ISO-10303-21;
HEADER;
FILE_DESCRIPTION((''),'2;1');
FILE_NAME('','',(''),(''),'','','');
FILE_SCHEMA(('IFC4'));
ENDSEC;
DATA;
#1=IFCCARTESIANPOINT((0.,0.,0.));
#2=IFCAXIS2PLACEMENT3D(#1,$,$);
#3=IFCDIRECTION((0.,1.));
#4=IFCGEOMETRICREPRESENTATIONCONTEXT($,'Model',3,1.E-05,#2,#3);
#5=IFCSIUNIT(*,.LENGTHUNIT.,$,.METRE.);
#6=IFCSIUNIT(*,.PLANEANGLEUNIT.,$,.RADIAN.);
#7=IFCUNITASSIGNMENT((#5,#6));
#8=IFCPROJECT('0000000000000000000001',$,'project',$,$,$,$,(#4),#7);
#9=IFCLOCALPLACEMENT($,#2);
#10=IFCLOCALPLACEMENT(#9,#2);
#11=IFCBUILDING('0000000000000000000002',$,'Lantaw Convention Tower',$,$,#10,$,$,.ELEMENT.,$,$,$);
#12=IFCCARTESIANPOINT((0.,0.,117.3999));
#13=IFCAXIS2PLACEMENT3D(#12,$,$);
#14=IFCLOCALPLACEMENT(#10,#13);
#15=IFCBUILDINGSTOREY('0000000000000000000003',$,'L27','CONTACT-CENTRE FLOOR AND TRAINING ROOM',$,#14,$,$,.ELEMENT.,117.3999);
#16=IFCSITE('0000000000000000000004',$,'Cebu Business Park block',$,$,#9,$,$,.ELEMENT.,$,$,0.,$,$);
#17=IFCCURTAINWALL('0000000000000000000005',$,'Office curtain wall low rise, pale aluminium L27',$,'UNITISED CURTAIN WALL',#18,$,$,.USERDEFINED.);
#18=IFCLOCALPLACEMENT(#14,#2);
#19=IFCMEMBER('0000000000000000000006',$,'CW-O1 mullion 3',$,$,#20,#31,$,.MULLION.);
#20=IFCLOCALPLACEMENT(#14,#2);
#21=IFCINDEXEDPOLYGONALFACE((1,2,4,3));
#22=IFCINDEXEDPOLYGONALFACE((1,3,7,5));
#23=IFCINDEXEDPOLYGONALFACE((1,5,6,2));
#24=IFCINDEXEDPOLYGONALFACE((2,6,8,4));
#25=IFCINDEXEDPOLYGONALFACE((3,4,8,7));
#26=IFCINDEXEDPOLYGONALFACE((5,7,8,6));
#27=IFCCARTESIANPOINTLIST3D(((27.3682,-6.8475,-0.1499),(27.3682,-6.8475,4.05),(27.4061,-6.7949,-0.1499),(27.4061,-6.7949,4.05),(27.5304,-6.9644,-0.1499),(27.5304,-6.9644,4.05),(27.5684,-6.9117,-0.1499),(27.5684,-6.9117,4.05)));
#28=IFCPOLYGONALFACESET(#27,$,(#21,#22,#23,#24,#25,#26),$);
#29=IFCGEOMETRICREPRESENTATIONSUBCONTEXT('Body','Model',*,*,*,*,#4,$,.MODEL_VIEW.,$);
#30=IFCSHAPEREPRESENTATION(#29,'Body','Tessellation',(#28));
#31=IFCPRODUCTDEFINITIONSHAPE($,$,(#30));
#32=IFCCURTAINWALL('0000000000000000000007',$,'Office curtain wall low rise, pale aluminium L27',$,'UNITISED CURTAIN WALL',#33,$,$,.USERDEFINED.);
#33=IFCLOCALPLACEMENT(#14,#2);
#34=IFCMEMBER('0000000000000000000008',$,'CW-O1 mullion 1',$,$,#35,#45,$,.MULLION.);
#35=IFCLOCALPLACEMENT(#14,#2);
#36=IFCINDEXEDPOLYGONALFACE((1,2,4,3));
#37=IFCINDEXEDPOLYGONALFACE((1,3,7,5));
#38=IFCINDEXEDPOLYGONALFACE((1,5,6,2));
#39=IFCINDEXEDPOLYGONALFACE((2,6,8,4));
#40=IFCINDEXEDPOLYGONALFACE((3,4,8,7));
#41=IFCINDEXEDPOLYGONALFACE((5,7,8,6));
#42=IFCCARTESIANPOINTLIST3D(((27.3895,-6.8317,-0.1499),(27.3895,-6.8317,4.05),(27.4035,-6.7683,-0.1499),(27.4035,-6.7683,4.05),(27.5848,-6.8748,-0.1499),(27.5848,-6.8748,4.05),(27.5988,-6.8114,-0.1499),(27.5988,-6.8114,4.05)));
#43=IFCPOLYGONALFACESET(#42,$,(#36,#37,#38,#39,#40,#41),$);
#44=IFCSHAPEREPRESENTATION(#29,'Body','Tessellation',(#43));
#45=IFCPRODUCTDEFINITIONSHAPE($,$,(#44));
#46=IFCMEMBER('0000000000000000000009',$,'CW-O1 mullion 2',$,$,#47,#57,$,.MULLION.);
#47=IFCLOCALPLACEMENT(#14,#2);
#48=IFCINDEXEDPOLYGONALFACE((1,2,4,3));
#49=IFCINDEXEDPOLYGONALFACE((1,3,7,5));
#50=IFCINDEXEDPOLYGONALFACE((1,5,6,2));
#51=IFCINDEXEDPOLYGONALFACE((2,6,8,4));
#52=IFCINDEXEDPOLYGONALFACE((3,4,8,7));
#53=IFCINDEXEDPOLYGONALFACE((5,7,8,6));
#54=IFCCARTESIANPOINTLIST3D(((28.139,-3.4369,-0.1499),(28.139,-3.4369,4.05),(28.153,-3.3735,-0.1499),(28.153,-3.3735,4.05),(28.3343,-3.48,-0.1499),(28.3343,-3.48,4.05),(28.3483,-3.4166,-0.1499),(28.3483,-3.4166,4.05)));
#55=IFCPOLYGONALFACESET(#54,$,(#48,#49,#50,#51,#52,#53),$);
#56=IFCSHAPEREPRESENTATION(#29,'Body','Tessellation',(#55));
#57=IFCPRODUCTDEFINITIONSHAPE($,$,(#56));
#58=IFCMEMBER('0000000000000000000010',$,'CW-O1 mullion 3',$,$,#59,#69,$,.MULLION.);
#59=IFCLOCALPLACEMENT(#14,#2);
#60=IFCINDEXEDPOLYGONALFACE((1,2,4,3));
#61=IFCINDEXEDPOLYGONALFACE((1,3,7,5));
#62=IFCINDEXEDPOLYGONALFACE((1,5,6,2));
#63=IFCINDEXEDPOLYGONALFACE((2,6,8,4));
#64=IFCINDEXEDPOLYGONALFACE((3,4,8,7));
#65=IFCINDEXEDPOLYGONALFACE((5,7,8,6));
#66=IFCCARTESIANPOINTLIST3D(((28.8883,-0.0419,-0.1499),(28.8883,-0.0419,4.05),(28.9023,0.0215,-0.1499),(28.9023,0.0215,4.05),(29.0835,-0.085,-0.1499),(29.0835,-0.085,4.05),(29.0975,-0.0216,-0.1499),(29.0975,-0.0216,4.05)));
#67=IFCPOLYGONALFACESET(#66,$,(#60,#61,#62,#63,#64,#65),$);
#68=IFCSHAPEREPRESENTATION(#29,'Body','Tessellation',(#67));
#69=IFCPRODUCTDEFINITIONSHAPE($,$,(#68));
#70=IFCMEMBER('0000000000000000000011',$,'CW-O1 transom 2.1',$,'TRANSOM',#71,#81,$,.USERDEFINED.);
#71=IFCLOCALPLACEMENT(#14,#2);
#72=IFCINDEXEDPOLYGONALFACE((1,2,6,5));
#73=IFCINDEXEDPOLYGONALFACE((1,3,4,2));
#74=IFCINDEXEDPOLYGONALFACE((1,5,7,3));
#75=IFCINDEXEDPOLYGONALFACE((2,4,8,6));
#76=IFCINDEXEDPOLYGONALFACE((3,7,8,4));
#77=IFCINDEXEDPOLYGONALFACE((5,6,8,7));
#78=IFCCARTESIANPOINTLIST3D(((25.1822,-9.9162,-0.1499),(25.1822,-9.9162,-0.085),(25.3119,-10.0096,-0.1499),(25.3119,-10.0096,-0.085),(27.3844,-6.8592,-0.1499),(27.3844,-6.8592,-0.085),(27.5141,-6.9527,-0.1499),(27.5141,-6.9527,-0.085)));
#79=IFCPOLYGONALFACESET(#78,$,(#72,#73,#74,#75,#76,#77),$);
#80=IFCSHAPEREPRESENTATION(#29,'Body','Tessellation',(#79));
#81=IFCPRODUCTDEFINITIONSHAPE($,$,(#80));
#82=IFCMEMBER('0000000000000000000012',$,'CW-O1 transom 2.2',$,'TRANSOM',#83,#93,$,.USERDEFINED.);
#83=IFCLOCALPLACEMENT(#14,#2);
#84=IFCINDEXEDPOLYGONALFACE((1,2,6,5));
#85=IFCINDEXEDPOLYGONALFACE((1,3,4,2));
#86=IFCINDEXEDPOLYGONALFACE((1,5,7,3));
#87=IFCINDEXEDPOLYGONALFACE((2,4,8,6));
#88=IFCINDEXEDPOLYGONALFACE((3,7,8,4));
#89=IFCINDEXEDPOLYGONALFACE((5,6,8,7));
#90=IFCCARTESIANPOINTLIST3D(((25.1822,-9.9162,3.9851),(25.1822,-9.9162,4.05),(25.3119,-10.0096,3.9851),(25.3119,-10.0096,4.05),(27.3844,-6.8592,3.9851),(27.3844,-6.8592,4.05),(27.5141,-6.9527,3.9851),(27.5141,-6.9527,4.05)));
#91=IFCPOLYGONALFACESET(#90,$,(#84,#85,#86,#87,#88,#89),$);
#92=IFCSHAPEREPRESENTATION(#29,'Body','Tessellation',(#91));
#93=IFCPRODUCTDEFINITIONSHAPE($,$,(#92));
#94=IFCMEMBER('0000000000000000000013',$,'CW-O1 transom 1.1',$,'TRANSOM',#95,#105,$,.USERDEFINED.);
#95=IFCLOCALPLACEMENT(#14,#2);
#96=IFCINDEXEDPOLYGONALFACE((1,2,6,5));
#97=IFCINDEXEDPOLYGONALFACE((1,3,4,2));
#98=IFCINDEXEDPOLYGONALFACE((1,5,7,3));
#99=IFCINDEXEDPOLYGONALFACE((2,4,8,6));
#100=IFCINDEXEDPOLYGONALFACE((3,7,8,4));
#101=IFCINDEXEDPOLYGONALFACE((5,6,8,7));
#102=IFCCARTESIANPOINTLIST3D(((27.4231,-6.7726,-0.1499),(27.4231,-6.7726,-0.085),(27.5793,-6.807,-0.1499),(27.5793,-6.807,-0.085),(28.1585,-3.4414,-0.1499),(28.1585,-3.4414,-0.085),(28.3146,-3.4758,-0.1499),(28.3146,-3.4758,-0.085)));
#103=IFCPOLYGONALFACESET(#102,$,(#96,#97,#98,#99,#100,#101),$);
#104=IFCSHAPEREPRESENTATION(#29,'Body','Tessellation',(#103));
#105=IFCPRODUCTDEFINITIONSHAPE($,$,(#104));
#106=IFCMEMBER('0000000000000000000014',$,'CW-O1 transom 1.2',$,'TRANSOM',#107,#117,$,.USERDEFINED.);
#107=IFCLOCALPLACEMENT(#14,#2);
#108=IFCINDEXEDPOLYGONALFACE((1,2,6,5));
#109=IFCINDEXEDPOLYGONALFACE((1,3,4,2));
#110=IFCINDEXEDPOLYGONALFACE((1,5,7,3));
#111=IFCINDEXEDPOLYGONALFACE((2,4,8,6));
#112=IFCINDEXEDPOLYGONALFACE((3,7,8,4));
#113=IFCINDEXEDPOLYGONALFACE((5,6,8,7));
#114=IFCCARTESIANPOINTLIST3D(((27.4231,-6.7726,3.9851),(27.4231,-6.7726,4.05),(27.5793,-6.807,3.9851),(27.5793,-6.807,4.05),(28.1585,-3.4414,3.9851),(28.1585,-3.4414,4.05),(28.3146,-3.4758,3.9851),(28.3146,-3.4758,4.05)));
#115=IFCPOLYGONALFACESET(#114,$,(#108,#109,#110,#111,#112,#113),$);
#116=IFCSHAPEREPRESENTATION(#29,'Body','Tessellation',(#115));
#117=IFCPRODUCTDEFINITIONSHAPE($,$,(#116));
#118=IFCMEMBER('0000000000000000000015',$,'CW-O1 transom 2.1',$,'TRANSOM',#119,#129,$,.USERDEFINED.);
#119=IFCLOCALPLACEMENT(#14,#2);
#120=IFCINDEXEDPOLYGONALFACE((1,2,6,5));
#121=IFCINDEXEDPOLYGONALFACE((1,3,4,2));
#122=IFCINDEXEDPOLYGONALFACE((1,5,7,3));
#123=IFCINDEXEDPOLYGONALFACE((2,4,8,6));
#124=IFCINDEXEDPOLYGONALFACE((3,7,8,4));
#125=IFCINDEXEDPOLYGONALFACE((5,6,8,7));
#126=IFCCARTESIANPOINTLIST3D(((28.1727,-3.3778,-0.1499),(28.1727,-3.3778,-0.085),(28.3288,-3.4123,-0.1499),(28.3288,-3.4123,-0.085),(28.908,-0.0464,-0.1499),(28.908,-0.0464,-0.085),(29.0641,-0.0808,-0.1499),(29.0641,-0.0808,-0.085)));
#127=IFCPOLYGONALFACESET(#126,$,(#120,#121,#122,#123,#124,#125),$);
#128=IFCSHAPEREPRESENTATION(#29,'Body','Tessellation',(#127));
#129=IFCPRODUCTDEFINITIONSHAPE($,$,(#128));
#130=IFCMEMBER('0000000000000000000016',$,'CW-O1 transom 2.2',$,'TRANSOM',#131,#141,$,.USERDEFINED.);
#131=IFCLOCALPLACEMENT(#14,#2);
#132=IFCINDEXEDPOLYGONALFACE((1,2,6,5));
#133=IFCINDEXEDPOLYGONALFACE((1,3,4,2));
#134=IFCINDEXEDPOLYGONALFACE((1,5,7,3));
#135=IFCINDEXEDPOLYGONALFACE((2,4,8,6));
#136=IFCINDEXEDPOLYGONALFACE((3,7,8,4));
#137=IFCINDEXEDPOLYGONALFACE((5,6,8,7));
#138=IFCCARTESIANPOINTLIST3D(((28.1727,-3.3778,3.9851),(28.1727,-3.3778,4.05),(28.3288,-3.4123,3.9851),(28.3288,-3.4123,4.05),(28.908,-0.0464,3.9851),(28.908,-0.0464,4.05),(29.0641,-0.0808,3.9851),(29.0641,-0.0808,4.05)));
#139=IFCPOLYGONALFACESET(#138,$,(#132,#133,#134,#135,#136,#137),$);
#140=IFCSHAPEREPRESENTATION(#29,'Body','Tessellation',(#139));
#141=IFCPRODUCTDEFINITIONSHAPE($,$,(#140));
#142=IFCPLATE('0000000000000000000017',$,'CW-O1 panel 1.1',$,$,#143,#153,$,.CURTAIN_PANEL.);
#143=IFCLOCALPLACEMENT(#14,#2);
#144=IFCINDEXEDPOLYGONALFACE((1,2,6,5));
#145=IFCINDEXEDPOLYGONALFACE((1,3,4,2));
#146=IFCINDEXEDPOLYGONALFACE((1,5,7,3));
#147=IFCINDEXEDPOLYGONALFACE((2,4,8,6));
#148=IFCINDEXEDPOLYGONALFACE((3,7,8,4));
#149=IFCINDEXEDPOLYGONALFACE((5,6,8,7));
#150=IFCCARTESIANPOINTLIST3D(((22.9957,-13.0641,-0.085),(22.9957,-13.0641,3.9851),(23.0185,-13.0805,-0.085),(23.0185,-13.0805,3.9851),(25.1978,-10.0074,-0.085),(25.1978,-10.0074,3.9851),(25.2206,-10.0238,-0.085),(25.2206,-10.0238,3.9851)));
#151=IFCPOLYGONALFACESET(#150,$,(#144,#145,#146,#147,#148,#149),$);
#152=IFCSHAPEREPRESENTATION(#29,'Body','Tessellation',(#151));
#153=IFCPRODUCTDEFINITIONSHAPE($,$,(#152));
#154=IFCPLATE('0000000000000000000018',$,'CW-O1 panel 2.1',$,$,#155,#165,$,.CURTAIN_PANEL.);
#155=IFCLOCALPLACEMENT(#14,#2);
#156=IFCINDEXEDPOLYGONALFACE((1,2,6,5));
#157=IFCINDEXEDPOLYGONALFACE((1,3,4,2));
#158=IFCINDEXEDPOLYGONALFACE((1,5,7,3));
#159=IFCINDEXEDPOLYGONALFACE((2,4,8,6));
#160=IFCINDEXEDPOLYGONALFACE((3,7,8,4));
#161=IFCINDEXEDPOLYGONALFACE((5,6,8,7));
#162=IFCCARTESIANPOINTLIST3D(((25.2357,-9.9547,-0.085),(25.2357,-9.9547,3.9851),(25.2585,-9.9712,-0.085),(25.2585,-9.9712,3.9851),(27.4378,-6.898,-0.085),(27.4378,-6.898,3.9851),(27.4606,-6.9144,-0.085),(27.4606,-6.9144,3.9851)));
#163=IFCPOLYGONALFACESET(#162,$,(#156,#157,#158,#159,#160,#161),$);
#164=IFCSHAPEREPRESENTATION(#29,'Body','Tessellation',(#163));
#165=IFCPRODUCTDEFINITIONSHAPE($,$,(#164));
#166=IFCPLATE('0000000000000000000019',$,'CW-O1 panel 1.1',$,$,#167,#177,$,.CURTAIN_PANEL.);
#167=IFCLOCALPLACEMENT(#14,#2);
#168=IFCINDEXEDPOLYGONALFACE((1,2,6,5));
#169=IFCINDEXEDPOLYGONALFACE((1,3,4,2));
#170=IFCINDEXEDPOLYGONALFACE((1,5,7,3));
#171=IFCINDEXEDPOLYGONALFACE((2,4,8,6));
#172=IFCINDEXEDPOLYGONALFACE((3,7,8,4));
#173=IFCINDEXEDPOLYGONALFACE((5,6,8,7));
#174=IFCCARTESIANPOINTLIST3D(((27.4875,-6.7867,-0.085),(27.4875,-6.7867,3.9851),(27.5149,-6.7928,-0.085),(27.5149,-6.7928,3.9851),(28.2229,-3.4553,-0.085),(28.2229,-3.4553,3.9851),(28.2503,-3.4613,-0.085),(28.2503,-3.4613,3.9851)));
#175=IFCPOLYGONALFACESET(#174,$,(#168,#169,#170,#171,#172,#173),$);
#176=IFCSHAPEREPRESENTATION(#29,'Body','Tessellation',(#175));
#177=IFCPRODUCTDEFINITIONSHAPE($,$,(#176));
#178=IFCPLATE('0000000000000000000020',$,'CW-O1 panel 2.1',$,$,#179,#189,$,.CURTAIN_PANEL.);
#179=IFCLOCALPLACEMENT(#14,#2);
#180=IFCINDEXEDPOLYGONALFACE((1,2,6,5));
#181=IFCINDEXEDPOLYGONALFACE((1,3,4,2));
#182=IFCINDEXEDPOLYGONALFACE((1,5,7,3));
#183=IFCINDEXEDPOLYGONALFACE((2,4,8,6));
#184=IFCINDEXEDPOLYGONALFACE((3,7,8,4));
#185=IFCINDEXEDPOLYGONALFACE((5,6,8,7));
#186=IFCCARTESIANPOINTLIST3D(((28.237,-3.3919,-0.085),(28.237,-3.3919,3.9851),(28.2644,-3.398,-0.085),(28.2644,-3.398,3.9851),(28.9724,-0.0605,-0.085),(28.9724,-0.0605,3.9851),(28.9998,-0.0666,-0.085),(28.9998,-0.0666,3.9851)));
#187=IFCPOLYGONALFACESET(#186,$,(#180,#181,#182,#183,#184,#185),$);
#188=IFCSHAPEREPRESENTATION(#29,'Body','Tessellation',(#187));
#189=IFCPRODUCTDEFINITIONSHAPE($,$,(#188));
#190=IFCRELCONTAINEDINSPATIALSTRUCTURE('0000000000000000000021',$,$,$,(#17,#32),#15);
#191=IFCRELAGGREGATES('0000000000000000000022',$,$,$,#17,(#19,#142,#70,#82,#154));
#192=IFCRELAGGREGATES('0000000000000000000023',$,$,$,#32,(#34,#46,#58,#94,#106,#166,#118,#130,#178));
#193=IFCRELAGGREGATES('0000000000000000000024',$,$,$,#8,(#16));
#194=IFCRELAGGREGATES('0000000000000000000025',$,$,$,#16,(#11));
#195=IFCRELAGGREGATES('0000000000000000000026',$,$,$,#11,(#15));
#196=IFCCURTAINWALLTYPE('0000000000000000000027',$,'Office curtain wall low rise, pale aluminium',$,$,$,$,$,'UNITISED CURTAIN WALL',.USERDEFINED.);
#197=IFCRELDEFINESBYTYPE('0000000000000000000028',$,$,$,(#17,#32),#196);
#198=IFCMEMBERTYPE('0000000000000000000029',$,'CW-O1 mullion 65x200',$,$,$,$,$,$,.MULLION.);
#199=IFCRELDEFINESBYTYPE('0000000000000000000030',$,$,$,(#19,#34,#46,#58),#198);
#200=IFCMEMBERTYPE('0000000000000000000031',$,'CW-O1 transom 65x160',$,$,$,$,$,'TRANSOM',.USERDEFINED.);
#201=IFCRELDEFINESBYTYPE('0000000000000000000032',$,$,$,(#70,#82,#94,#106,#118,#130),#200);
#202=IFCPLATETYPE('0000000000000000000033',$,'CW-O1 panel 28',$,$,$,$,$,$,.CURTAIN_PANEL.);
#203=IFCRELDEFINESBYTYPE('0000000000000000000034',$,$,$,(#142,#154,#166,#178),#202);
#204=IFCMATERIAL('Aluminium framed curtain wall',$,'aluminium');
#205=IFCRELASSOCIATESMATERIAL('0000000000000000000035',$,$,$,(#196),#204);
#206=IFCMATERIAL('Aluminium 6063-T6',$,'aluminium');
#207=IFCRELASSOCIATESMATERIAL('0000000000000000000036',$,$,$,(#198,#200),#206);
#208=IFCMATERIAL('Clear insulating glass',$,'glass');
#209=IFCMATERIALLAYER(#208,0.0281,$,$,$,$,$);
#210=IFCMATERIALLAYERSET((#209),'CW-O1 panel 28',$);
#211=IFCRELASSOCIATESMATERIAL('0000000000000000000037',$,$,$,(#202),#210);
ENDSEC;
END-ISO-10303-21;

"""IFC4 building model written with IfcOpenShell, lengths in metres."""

from ifc_helpers import new_model, si_unit, direction, frame, origin, origin_2d, place, context, subcontext, project, spatial, rectangle, extrude, material, layer, layer_set, material_profile, profile_set, type_object, element, aggregate, save


model = new_model("IFC4")

# Units and contexts
model_context = context("Model", 3, precision=1e-05, world=origin(), true_north=direction((0.0, 1.0)))
body_context = subcontext(model_context, "Body", "Model", "MODEL_VIEW")
ifc_project = project(units=[si_unit("LENGTHUNIT", "METRE"), si_unit("PLANEANGLEUNIT", "RADIAN")], contexts=[model_context])

# Site, building, storey
site_placement = place(None, origin())
site = spatial("IfcSite", under=ifc_project, at=site_placement, Name="Cebu Business Park block", CompositionType="ELEMENT", RefElevation=0.0)
building_placement = place(site_placement, origin())
building = spatial("IfcBuilding", under=site, at=building_placement, Name="Lantaw Convention Tower", CompositionType="ELEMENT")
storey_placement = place(building_placement, frame((0.0, 0.0, 117.3999)))
storey = spatial("IfcBuildingStorey", under=building, at=storey_placement, Name="L27", Description="CONTACT-CENTRE FLOOR AND TRAINING ROOM", CompositionType="ELEMENT", Elevation=117.3999)

# Curtain walls, members
ifc_material_1 = material(Name="Aluminium framed curtain wall", Category="aluminium")
curtain_wall_type = type_object("IfcCurtainWallType", Name="Office curtain wall low rise, pale aluminium", ElementType="UNITISED CURTAIN WALL", PredefinedType="USERDEFINED", material=ifc_material_1)
curtain_wall_1_placement = place(storey_placement, origin())
curtain_wall_1 = element("IfcCurtainWall", 1, at=curtain_wall_1_placement, inside=storey, type_object=curtain_wall_type, Name="Office curtain wall low rise, pale aluminium L27", ObjectType="UNITISED CURTAIN WALL", PredefinedType="USERDEFINED")
ifc_material_2 = material(Name="Aluminium 6063-T6", Category="aluminium")
ifc_material_profile_1 = material_profile(ifc_material_2, rectangle(XDim=0.2, YDim=0.0649, at=origin_2d()), Name="CW-O1 mullion 65x200")
ifc_profile_set_1 = profile_set([ifc_material_profile_1], Name="Aluminium 6063-T6")
member_type_1 = type_object("IfcMemberType", Name="CW-O1 mullion 65x200", PredefinedType="MULLION", material=ifc_profile_set_1)
member_1_placement = place(storey_placement, frame((27.4683, -6.8796, -0.1499), z_axis=(0.0, 0.0, 1.0), x_axis=(-0.811385, 0.584513, 0.0)))
member_1 = element("IfcMember", 2, at=member_1_placement, type_object=member_type_1, Name="CW-O1 mullion 3", PredefinedType="MULLION", context=body_context, shape_type="SweptSolid", body=[
    extrude(rectangle(XDim=0.2, YDim=0.0649, at=origin_2d()), origin(), (0.0, 0.0, 1.0), 4.2),
])
curtain_wall_2_placement = place(storey_placement, origin())
curtain_wall_2 = element("IfcCurtainWall", 3, at=curtain_wall_2_placement, inside=storey, type_object=curtain_wall_type, Name="Office curtain wall low rise, pale aluminium L27", ObjectType="UNITISED CURTAIN WALL", PredefinedType="USERDEFINED")
member_2_placement = place(storey_placement, frame((27.4941, -6.8215, -0.1499), z_axis=(0.0, 0.0, 1.0), x_axis=(-0.976494, 0.215546, 0.0)))
member_2 = element("IfcMember", 4, at=member_2_placement, type_object=member_type_1, Name="CW-O1 mullion 1", PredefinedType="MULLION", context=body_context, shape_type="SweptSolid", body=[
    extrude(rectangle(XDim=0.2, YDim=0.0649, at=origin_2d()), origin(), (0.0, 0.0, 1.0), 4.2),
])
member_3_placement = place(storey_placement, frame((28.2437, -3.4268, -0.1499), z_axis=(0.0, 0.0, 1.0), x_axis=(-0.976494, 0.215546, 0.0)))
member_3 = element("IfcMember", 5, at=member_3_placement, type_object=member_type_1, Name="CW-O1 mullion 2", PredefinedType="MULLION", context=body_context, shape_type="SweptSolid", body=[
    extrude(rectangle(XDim=0.2, YDim=0.0649, at=origin_2d()), origin(), (0.0, 0.0, 1.0), 4.2),
])
member_4_placement = place(storey_placement, frame((28.9929, -0.0317, -0.1499), z_axis=(0.0, 0.0, 1.0), x_axis=(-0.976494, 0.215546, 0.0)))
member_4 = element("IfcMember", 6, at=member_4_placement, type_object=member_type_1, Name="CW-O1 mullion 3", PredefinedType="MULLION", context=body_context, shape_type="SweptSolid", body=[
    extrude(rectangle(XDim=0.2, YDim=0.0649, at=origin_2d()), origin(), (0.0, 0.0, 1.0), 4.2),
])

# Members
ifc_material_profile_2 = material_profile(ifc_material_2, rectangle(XDim=0.1599, YDim=0.0649, at=origin_2d()), Name="CW-O1 transom 65x160")
ifc_profile_set_2 = profile_set([ifc_material_profile_2], Name="Aluminium 6063-T6")
member_type_2 = type_object("IfcMemberType", Name="CW-O1 transom 65x160", ElementType="TRANSOM", PredefinedType="USERDEFINED", material=ifc_profile_set_2)
member_5_placement = place(storey_placement, frame((25.2471, -9.9629, -0.1174), z_axis=(0.584513, 0.811384, 0.0), x_axis=(-0.811384, 0.584513, 0.0)))
member_5 = element("IfcMember", 7, at=member_5_placement, type_object=member_type_2, Name="CW-O1 transom 2.1", ObjectType="TRANSOM", PredefinedType="USERDEFINED", context=body_context, shape_type="SweptSolid", body=[
    extrude(rectangle(XDim=0.1599, YDim=0.0649, at=origin_2d()), origin(), (0.0, 0.0, 1.0), 3.7676),
])
member_6_placement = place(storey_placement, frame((25.2471, -9.9629, 4.0176), z_axis=(0.584513, 0.811384, 0.0), x_axis=(-0.811384, 0.584513, 0.0)))
member_6 = element("IfcMember", 8, at=member_6_placement, type_object=member_type_2, Name="CW-O1 transom 2.2", ObjectType="TRANSOM", PredefinedType="USERDEFINED", context=body_context, shape_type="SweptSolid", body=[
    extrude(rectangle(XDim=0.1599, YDim=0.0649, at=origin_2d()), origin(), (0.0, 0.0, 1.0), 3.7676),
])
member_7_placement = place(storey_placement, frame((27.5012, -6.7898, -0.1174), z_axis=(0.215551, 0.976493, 0.0), x_axis=(-0.976493, 0.215551, 0.0)))
member_7 = element("IfcMember", 9, at=member_7_placement, type_object=member_type_2, Name="CW-O1 transom 1.1", ObjectType="TRANSOM", PredefinedType="USERDEFINED", context=body_context, shape_type="SweptSolid", body=[
    extrude(rectangle(XDim=0.1599, YDim=0.0649, at=origin_2d()), origin(), (0.0, 0.0, 1.0), 3.4114),
])
member_8_placement = place(storey_placement, frame((27.5012, -6.7898, 4.0176), z_axis=(0.215551, 0.976493, 0.0), x_axis=(-0.976493, 0.215551, 0.0)))
member_8 = element("IfcMember", 10, at=member_8_placement, type_object=member_type_2, Name="CW-O1 transom 1.2", ObjectType="TRANSOM", PredefinedType="USERDEFINED", context=body_context, shape_type="SweptSolid", body=[
    extrude(rectangle(XDim=0.1599, YDim=0.0649, at=origin_2d()), origin(), (0.0, 0.0, 1.0), 3.4114),
])
member_9_placement = place(storey_placement, frame((28.2507, -3.395, -0.1174), z_axis=(0.215536, 0.976496, 0.0), x_axis=(-0.976496, 0.215536, 0.0)))
member_9 = element("IfcMember", 11, at=member_9_placement, type_object=member_type_2, Name="CW-O1 transom 2.1", ObjectType="TRANSOM", PredefinedType="USERDEFINED", context=body_context, shape_type="SweptSolid", body=[
    extrude(rectangle(XDim=0.1599, YDim=0.0649, at=origin_2d()), origin(), (0.0, 0.0, 1.0), 3.4116),
])
member_10_placement = place(storey_placement, frame((28.2507, -3.395, 4.0176), z_axis=(0.215536, 0.976496, 0.0), x_axis=(-0.976496, 0.215536, 0.0)))
member_10 = element("IfcMember", 12, at=member_10_placement, type_object=member_type_2, Name="CW-O1 transom 2.2", ObjectType="TRANSOM", PredefinedType="USERDEFINED", context=body_context, shape_type="SweptSolid", body=[
    extrude(rectangle(XDim=0.1599, YDim=0.0649, at=origin_2d()), origin(), (0.0, 0.0, 1.0), 3.4116),
])

# Plates
ifc_material_3 = material(Name="Clear insulating glass", Category="glass")
ifc_layer_1 = layer(ifc_material_3, 0.0281)
ifc_layer_set_1 = layer_set([ifc_layer_1], Name="CW-O1 panel 28")
plate_type_1 = type_object("IfcPlateType", Name="CW-O1 panel 28", PredefinedType="CURTAIN_PANEL", material=ifc_layer_set_1)
plate_1_placement = place(storey_placement, frame((24.1082, -11.5439, -0.085), z_axis=(0.0, 0.0, 1.0), x_axis=(0.584513, 0.811385, 0.0)))
plate_1 = element("IfcPlate", 13, at=plate_1_placement, type_object=plate_type_1, Name="CW-O1 panel 1.1", PredefinedType="CURTAIN_PANEL", context=body_context, shape_type="SweptSolid", body=[
    extrude(rectangle(XDim=3.7673, YDim=0.0281, at=origin_2d()), origin(), (0.0, 0.0, 1.0), 4.0701),
])
plate_2_placement = place(storey_placement, frame((26.3481, -8.4346, -0.085), z_axis=(0.0, 0.0, 1.0), x_axis=(0.584513, 0.811385, 0.0)))
plate_2 = element("IfcPlate", 14, at=plate_2_placement, type_object=plate_type_1, Name="CW-O1 panel 2.1", PredefinedType="CURTAIN_PANEL", context=body_context, shape_type="SweptSolid", body=[
    extrude(rectangle(XDim=3.7673, YDim=0.0281, at=origin_2d()), origin(), (0.0, 0.0, 1.0), 4.0701),
])
aggregate(curtain_wall_1, [member_1, plate_1, member_5, member_6, plate_2])
plate_3_placement = place(storey_placement, frame((27.8689, -5.124, -0.085), z_axis=(0.0, 0.0, 1.0), x_axis=(0.215546, 0.976494, 0.0)))
plate_3 = element("IfcPlate", 15, at=plate_3_placement, type_object=plate_type_1, Name="CW-O1 panel 1.1", PredefinedType="CURTAIN_PANEL", context=body_context, shape_type="SweptSolid", body=[
    extrude(rectangle(XDim=3.4116, YDim=0.0281, at=origin_2d()), origin(), (0.0, 0.0, 1.0), 4.0701),
])
plate_4_placement = place(storey_placement, frame((28.6184, -1.7292, -0.085), z_axis=(0.0, 0.0, 1.0), x_axis=(0.215546, 0.976494, 0.0)))
plate_4 = element("IfcPlate", 16, at=plate_4_placement, type_object=plate_type_1, Name="CW-O1 panel 2.1", PredefinedType="CURTAIN_PANEL", context=body_context, shape_type="SweptSolid", body=[
    extrude(rectangle(XDim=3.4116, YDim=0.0281, at=origin_2d()), origin(), (0.0, 0.0, 1.0), 4.0701),
])
aggregate(curtain_wall_2, [member_2, member_3, member_4, member_7, member_8, plate_3, member_9, member_10, plate_4])

save(model, "model.ifc")
